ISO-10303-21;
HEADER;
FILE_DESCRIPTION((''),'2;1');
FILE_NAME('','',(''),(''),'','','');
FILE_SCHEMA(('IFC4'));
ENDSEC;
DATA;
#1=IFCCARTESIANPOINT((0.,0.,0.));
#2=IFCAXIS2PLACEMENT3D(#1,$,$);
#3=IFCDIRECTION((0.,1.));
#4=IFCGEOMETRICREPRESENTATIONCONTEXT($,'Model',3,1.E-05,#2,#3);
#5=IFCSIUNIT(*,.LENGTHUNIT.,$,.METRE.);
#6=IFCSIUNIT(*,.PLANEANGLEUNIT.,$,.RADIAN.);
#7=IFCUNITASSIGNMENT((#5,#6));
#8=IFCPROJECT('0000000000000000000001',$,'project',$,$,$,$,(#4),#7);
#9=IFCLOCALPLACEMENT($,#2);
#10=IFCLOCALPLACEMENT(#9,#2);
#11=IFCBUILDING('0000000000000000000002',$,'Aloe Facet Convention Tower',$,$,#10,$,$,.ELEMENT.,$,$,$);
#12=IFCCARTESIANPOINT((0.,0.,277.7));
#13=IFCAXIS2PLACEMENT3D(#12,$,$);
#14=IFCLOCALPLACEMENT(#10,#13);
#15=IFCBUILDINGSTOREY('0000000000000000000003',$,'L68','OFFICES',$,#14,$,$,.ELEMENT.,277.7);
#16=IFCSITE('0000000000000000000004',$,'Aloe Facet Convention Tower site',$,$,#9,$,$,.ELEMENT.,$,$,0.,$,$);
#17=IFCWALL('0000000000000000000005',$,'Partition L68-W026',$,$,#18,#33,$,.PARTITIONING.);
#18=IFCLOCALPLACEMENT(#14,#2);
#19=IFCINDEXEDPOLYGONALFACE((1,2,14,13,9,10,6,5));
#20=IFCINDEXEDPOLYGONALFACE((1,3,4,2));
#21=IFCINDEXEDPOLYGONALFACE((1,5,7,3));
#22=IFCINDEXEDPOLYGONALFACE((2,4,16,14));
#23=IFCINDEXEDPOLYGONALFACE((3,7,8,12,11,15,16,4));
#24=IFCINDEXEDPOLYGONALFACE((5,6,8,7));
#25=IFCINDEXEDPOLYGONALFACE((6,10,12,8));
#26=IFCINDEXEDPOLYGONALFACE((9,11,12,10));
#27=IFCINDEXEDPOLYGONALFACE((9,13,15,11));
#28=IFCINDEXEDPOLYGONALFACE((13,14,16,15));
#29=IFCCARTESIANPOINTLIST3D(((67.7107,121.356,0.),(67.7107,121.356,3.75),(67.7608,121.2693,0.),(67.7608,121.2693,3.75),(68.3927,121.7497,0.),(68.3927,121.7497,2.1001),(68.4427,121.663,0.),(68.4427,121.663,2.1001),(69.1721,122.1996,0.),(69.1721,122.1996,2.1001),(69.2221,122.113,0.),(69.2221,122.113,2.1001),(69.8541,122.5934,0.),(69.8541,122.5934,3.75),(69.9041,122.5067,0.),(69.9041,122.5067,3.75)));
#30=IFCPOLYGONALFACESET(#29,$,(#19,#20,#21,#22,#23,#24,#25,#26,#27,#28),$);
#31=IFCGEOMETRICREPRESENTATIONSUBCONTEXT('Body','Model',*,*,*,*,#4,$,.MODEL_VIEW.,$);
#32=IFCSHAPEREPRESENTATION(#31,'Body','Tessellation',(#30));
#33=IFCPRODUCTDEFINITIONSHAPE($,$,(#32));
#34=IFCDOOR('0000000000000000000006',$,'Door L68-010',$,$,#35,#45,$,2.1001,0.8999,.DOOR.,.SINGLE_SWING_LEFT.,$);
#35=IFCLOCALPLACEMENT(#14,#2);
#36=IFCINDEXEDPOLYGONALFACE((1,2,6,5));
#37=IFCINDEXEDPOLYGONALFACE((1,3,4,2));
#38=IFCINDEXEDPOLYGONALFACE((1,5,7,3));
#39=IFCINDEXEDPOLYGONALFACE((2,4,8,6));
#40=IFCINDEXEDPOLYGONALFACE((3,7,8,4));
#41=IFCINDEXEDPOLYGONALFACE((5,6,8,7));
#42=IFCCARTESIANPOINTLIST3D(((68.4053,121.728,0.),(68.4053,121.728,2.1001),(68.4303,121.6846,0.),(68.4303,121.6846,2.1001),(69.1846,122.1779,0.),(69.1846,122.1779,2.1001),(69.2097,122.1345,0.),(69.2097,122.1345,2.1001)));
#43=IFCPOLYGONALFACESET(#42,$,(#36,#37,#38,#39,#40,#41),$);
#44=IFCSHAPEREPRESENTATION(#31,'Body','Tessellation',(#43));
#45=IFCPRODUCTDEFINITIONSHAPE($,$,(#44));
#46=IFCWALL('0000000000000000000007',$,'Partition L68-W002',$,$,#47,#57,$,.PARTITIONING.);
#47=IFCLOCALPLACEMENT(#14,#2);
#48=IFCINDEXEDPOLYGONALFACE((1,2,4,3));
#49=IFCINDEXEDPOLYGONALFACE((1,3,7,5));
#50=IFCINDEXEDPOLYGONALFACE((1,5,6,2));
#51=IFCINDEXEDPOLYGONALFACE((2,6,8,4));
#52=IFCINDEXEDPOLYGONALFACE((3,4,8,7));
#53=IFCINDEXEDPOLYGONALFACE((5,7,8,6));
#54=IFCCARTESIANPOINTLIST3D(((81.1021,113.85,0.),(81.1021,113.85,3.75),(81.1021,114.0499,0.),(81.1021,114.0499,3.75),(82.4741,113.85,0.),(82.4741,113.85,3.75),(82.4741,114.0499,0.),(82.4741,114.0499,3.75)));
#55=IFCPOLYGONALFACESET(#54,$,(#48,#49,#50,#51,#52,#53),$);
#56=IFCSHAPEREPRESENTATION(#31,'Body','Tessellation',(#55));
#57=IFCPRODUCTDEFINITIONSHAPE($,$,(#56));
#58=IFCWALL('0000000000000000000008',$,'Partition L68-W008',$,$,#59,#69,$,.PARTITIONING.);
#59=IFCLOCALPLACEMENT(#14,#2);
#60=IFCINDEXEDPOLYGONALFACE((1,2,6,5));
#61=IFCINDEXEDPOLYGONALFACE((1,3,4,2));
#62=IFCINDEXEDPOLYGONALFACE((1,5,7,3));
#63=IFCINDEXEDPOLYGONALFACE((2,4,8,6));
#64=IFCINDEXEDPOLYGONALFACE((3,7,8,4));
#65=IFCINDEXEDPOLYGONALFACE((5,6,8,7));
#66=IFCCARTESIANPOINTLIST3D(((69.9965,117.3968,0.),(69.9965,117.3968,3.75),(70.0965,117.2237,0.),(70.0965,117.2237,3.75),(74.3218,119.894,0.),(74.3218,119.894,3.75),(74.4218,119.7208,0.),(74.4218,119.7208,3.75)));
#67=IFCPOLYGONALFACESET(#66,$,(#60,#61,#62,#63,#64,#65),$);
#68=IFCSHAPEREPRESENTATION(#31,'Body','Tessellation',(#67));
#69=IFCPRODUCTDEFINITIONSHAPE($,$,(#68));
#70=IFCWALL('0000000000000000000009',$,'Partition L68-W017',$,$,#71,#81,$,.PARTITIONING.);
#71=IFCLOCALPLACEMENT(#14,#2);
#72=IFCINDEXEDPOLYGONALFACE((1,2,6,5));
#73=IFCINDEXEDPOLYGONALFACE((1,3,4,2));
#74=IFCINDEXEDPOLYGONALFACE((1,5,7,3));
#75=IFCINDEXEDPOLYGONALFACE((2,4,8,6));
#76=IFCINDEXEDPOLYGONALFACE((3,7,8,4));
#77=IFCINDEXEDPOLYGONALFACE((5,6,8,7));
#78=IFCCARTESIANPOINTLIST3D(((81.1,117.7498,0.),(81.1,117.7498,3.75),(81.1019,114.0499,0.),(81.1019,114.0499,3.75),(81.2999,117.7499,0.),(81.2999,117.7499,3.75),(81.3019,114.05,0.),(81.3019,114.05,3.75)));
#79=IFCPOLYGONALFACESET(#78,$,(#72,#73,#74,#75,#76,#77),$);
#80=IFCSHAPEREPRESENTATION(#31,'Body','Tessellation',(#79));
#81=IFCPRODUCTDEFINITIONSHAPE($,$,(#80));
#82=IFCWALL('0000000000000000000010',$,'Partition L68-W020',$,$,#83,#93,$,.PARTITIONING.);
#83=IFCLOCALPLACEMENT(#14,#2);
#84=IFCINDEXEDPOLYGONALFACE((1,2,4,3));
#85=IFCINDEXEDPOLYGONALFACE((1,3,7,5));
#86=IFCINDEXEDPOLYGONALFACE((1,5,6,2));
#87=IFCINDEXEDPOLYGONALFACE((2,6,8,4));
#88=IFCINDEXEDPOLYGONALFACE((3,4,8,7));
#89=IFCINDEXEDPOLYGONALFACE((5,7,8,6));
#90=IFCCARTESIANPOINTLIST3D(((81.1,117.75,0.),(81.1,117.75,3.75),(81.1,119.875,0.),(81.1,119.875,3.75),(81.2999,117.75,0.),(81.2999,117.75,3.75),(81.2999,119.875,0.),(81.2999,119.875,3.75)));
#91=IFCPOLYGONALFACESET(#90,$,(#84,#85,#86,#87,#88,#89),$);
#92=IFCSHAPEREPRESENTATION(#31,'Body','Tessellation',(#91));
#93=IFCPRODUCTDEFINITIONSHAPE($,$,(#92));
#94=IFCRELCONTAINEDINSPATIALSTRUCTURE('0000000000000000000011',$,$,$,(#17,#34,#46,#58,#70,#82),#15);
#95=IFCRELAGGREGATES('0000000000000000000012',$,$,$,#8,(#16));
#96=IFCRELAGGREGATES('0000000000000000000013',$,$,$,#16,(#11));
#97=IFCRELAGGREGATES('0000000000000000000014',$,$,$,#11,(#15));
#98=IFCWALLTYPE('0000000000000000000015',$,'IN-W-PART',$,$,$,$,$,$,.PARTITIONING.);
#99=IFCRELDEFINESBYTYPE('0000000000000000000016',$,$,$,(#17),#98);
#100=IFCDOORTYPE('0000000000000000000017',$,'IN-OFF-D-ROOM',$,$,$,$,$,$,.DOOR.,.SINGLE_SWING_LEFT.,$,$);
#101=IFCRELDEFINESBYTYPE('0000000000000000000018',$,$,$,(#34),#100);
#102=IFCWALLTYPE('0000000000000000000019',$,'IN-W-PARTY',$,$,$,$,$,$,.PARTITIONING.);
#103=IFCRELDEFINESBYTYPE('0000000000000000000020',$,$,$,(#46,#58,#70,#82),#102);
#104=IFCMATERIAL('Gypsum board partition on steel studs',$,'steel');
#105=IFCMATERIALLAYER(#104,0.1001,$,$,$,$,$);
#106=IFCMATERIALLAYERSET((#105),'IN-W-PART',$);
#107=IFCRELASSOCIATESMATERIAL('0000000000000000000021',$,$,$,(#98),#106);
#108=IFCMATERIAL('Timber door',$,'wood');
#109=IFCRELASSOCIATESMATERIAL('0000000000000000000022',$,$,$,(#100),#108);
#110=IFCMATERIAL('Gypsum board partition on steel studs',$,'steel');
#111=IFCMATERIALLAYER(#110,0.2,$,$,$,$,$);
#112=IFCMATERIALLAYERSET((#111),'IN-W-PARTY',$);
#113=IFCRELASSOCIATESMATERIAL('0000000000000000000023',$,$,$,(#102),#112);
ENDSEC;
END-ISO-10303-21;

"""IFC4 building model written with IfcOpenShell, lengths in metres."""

from ifc_helpers import new_model, si_unit, direction, frame, frame_2d, origin, place, context, subcontext, project, spatial, rectangle, extrude, material, layer, layer_set, type_object, element, fill, save


model = new_model("IFC4")

# Units and contexts
model_context = context("Model", 3, precision=1e-05, world=origin(), true_north=direction((0.0, 1.0)))
body_context = subcontext(model_context, "Body", "Model", "MODEL_VIEW")
ifc_project = project(units=[si_unit("LENGTHUNIT", "METRE"), si_unit("PLANEANGLEUNIT", "RADIAN")], contexts=[model_context])

# Site, building, storey
site_placement = place(None, origin())
site = spatial("IfcSite", under=ifc_project, at=site_placement, Name="Aloe Facet Convention Tower site", CompositionType="ELEMENT", RefElevation=0.0)
building_placement = place(site_placement, origin())
building = spatial("IfcBuilding", under=site, at=building_placement, Name="Aloe Facet Convention Tower", CompositionType="ELEMENT")
storey_placement = place(building_placement, frame((0.0, 0.0, 277.7)))
storey = spatial("IfcBuildingStorey", under=building, at=storey_placement, Name="L68", Description="OFFICES", CompositionType="ELEMENT", Elevation=277.7)

# Wall, opening, door
ifc_material_1 = material(Name="Gypsum board partition on steel studs", Category="steel")
ifc_layer_1 = layer(ifc_material_1, 0.1001)
ifc_layer_set_1 = layer_set([ifc_layer_1], Name="IN-W-PART")
wall_type_1 = type_object("IfcWallType", Name="IN-W-PART", PredefinedType="PARTITIONING", material=ifc_layer_set_1)
wall_1_placement = place(storey_placement, frame((67.7358, 121.3127, 0.0), z_axis=(0.0, 0.0, 1.0), x_axis=(0.866049, 0.499959, 0.0)))
wall_1 = element("IfcWall", 1, at=wall_1_placement, inside=storey, type_object=wall_type_1, Name="Partition L68-W026", PredefinedType="PARTITIONING", context=body_context, shape_type="SweptSolid", body=[
    extrude(rectangle(XDim=2.4749, YDim=0.1001, at=frame_2d((1.2373, 0.0))), origin(), (0.0, 0.0, 1.0), 3.75),
])
opening_1_placement = place(wall_1_placement, frame((0.7874, 0.0, 0.0)))
opening_1 = element("IfcOpeningElement", 2, at=opening_1_placement, cuts=wall_1, PredefinedType="OPENING", context=body_context, shape_type="SweptSolid", body=[
    extrude(rectangle(XDim=0.8999, YDim=2.1001, at=frame_2d((0.45, 1.05))), frame((0.0, 0.0601, 0.0), z_axis=(0.0, -1.0, 0.0), x_axis=(1.0, 0.0, 0.0)), (0.0, 0.0, 1.0), 0.1201),
])
ifc_material_2 = material(Name="Timber door", Category="wood")
door_type_1 = type_object("IfcDoorType", Name="IN-OFF-D-ROOM", OperationType="SINGLE_SWING_LEFT", PredefinedType="DOOR", material=ifc_material_2)
door_1_placement = place(opening_1_placement, origin())
door_1 = element("IfcDoor", 3, at=door_1_placement, inside=storey, type_object=door_type_1, Name="Door L68-010", OperationType="SINGLE_SWING_LEFT", OverallHeight=2.1001, OverallWidth=0.8999, PredefinedType="DOOR", context=body_context, shape_type="SweptSolid", body=[
    extrude(rectangle(XDim=0.8999, YDim=2.1001, at=frame_2d((0.45, 1.05))), frame((0.0, 0.0249, 0.0), z_axis=(0.0, -1.0, 0.0), x_axis=(1.0, 0.0, 0.0)), (0.0, 0.0, 1.0), 0.05),
])
fill(opening_1, door_1)

# Walls
ifc_material_3 = material(Name="Gypsum board partition on steel studs", Category="steel")
ifc_layer_2 = layer(ifc_material_3, 0.2)
ifc_layer_set_2 = layer_set([ifc_layer_2], Name="IN-W-PARTY")
wall_type_2 = type_object("IfcWallType", Name="IN-W-PARTY", PredefinedType="PARTITIONING", material=ifc_layer_set_2)
wall_2_placement = place(storey_placement, frame((81.1021, 113.95, 0.0), z_axis=(0.0, 0.0, 1.0), x_axis=(1.0, 0.0, 0.0)))
element("IfcWall", 4, at=wall_2_placement, inside=storey, type_object=wall_type_2, Name="Partition L68-W002", PredefinedType="PARTITIONING", context=body_context, shape_type="SweptSolid", body=[
    extrude(rectangle(XDim=1.3721, YDim=0.2, at=frame_2d((0.686, 0.0))), origin(), (0.0, 0.0, 1.0), 3.75),
])
wall_3_placement = place(storey_placement, frame((70.0466, 117.3103, 0.0), z_axis=(0.0, 0.0, 1.0), x_axis=(0.866033, 0.499988, 0.0)))
element("IfcWall", 5, at=wall_3_placement, inside=storey, type_object=wall_type_2, Name="Partition L68-W008", PredefinedType="PARTITIONING", context=body_context, shape_type="SweptSolid", body=[
    extrude(rectangle(XDim=4.9944, YDim=0.2, at=frame_2d((2.4971, 0.0))), origin(), (0.0, 0.0, 1.0), 3.75),
])
wall_4_placement = place(storey_placement, frame((81.2, 117.75, 0.0), z_axis=(0.0, 0.0, 1.0), x_axis=(0.000528, -1.0, 0.0)))
element("IfcWall", 6, at=wall_4_placement, inside=storey, type_object=wall_type_2, Name="Partition L68-W017", PredefinedType="PARTITIONING", context=body_context, shape_type="SweptSolid", body=[
    extrude(rectangle(XDim=3.7, YDim=0.2, at=frame_2d((1.8501, 0.0))), origin(), (0.0, 0.0, 1.0), 3.75),
])
wall_5_placement = place(storey_placement, frame((81.2, 117.75, 0.0), z_axis=(0.0, 0.0, 1.0), x_axis=(0.0, 1.0, 0.0)))
element("IfcWall", 7, at=wall_5_placement, inside=storey, type_object=wall_type_2, Name="Partition L68-W020", PredefinedType="PARTITIONING", context=body_context, shape_type="SweptSolid", body=[
    extrude(rectangle(XDim=2.125, YDim=0.2, at=frame_2d((1.0625, 0.0))), origin(), (0.0, 0.0, 1.0), 3.75),
])

save(model, "model.ifc")
